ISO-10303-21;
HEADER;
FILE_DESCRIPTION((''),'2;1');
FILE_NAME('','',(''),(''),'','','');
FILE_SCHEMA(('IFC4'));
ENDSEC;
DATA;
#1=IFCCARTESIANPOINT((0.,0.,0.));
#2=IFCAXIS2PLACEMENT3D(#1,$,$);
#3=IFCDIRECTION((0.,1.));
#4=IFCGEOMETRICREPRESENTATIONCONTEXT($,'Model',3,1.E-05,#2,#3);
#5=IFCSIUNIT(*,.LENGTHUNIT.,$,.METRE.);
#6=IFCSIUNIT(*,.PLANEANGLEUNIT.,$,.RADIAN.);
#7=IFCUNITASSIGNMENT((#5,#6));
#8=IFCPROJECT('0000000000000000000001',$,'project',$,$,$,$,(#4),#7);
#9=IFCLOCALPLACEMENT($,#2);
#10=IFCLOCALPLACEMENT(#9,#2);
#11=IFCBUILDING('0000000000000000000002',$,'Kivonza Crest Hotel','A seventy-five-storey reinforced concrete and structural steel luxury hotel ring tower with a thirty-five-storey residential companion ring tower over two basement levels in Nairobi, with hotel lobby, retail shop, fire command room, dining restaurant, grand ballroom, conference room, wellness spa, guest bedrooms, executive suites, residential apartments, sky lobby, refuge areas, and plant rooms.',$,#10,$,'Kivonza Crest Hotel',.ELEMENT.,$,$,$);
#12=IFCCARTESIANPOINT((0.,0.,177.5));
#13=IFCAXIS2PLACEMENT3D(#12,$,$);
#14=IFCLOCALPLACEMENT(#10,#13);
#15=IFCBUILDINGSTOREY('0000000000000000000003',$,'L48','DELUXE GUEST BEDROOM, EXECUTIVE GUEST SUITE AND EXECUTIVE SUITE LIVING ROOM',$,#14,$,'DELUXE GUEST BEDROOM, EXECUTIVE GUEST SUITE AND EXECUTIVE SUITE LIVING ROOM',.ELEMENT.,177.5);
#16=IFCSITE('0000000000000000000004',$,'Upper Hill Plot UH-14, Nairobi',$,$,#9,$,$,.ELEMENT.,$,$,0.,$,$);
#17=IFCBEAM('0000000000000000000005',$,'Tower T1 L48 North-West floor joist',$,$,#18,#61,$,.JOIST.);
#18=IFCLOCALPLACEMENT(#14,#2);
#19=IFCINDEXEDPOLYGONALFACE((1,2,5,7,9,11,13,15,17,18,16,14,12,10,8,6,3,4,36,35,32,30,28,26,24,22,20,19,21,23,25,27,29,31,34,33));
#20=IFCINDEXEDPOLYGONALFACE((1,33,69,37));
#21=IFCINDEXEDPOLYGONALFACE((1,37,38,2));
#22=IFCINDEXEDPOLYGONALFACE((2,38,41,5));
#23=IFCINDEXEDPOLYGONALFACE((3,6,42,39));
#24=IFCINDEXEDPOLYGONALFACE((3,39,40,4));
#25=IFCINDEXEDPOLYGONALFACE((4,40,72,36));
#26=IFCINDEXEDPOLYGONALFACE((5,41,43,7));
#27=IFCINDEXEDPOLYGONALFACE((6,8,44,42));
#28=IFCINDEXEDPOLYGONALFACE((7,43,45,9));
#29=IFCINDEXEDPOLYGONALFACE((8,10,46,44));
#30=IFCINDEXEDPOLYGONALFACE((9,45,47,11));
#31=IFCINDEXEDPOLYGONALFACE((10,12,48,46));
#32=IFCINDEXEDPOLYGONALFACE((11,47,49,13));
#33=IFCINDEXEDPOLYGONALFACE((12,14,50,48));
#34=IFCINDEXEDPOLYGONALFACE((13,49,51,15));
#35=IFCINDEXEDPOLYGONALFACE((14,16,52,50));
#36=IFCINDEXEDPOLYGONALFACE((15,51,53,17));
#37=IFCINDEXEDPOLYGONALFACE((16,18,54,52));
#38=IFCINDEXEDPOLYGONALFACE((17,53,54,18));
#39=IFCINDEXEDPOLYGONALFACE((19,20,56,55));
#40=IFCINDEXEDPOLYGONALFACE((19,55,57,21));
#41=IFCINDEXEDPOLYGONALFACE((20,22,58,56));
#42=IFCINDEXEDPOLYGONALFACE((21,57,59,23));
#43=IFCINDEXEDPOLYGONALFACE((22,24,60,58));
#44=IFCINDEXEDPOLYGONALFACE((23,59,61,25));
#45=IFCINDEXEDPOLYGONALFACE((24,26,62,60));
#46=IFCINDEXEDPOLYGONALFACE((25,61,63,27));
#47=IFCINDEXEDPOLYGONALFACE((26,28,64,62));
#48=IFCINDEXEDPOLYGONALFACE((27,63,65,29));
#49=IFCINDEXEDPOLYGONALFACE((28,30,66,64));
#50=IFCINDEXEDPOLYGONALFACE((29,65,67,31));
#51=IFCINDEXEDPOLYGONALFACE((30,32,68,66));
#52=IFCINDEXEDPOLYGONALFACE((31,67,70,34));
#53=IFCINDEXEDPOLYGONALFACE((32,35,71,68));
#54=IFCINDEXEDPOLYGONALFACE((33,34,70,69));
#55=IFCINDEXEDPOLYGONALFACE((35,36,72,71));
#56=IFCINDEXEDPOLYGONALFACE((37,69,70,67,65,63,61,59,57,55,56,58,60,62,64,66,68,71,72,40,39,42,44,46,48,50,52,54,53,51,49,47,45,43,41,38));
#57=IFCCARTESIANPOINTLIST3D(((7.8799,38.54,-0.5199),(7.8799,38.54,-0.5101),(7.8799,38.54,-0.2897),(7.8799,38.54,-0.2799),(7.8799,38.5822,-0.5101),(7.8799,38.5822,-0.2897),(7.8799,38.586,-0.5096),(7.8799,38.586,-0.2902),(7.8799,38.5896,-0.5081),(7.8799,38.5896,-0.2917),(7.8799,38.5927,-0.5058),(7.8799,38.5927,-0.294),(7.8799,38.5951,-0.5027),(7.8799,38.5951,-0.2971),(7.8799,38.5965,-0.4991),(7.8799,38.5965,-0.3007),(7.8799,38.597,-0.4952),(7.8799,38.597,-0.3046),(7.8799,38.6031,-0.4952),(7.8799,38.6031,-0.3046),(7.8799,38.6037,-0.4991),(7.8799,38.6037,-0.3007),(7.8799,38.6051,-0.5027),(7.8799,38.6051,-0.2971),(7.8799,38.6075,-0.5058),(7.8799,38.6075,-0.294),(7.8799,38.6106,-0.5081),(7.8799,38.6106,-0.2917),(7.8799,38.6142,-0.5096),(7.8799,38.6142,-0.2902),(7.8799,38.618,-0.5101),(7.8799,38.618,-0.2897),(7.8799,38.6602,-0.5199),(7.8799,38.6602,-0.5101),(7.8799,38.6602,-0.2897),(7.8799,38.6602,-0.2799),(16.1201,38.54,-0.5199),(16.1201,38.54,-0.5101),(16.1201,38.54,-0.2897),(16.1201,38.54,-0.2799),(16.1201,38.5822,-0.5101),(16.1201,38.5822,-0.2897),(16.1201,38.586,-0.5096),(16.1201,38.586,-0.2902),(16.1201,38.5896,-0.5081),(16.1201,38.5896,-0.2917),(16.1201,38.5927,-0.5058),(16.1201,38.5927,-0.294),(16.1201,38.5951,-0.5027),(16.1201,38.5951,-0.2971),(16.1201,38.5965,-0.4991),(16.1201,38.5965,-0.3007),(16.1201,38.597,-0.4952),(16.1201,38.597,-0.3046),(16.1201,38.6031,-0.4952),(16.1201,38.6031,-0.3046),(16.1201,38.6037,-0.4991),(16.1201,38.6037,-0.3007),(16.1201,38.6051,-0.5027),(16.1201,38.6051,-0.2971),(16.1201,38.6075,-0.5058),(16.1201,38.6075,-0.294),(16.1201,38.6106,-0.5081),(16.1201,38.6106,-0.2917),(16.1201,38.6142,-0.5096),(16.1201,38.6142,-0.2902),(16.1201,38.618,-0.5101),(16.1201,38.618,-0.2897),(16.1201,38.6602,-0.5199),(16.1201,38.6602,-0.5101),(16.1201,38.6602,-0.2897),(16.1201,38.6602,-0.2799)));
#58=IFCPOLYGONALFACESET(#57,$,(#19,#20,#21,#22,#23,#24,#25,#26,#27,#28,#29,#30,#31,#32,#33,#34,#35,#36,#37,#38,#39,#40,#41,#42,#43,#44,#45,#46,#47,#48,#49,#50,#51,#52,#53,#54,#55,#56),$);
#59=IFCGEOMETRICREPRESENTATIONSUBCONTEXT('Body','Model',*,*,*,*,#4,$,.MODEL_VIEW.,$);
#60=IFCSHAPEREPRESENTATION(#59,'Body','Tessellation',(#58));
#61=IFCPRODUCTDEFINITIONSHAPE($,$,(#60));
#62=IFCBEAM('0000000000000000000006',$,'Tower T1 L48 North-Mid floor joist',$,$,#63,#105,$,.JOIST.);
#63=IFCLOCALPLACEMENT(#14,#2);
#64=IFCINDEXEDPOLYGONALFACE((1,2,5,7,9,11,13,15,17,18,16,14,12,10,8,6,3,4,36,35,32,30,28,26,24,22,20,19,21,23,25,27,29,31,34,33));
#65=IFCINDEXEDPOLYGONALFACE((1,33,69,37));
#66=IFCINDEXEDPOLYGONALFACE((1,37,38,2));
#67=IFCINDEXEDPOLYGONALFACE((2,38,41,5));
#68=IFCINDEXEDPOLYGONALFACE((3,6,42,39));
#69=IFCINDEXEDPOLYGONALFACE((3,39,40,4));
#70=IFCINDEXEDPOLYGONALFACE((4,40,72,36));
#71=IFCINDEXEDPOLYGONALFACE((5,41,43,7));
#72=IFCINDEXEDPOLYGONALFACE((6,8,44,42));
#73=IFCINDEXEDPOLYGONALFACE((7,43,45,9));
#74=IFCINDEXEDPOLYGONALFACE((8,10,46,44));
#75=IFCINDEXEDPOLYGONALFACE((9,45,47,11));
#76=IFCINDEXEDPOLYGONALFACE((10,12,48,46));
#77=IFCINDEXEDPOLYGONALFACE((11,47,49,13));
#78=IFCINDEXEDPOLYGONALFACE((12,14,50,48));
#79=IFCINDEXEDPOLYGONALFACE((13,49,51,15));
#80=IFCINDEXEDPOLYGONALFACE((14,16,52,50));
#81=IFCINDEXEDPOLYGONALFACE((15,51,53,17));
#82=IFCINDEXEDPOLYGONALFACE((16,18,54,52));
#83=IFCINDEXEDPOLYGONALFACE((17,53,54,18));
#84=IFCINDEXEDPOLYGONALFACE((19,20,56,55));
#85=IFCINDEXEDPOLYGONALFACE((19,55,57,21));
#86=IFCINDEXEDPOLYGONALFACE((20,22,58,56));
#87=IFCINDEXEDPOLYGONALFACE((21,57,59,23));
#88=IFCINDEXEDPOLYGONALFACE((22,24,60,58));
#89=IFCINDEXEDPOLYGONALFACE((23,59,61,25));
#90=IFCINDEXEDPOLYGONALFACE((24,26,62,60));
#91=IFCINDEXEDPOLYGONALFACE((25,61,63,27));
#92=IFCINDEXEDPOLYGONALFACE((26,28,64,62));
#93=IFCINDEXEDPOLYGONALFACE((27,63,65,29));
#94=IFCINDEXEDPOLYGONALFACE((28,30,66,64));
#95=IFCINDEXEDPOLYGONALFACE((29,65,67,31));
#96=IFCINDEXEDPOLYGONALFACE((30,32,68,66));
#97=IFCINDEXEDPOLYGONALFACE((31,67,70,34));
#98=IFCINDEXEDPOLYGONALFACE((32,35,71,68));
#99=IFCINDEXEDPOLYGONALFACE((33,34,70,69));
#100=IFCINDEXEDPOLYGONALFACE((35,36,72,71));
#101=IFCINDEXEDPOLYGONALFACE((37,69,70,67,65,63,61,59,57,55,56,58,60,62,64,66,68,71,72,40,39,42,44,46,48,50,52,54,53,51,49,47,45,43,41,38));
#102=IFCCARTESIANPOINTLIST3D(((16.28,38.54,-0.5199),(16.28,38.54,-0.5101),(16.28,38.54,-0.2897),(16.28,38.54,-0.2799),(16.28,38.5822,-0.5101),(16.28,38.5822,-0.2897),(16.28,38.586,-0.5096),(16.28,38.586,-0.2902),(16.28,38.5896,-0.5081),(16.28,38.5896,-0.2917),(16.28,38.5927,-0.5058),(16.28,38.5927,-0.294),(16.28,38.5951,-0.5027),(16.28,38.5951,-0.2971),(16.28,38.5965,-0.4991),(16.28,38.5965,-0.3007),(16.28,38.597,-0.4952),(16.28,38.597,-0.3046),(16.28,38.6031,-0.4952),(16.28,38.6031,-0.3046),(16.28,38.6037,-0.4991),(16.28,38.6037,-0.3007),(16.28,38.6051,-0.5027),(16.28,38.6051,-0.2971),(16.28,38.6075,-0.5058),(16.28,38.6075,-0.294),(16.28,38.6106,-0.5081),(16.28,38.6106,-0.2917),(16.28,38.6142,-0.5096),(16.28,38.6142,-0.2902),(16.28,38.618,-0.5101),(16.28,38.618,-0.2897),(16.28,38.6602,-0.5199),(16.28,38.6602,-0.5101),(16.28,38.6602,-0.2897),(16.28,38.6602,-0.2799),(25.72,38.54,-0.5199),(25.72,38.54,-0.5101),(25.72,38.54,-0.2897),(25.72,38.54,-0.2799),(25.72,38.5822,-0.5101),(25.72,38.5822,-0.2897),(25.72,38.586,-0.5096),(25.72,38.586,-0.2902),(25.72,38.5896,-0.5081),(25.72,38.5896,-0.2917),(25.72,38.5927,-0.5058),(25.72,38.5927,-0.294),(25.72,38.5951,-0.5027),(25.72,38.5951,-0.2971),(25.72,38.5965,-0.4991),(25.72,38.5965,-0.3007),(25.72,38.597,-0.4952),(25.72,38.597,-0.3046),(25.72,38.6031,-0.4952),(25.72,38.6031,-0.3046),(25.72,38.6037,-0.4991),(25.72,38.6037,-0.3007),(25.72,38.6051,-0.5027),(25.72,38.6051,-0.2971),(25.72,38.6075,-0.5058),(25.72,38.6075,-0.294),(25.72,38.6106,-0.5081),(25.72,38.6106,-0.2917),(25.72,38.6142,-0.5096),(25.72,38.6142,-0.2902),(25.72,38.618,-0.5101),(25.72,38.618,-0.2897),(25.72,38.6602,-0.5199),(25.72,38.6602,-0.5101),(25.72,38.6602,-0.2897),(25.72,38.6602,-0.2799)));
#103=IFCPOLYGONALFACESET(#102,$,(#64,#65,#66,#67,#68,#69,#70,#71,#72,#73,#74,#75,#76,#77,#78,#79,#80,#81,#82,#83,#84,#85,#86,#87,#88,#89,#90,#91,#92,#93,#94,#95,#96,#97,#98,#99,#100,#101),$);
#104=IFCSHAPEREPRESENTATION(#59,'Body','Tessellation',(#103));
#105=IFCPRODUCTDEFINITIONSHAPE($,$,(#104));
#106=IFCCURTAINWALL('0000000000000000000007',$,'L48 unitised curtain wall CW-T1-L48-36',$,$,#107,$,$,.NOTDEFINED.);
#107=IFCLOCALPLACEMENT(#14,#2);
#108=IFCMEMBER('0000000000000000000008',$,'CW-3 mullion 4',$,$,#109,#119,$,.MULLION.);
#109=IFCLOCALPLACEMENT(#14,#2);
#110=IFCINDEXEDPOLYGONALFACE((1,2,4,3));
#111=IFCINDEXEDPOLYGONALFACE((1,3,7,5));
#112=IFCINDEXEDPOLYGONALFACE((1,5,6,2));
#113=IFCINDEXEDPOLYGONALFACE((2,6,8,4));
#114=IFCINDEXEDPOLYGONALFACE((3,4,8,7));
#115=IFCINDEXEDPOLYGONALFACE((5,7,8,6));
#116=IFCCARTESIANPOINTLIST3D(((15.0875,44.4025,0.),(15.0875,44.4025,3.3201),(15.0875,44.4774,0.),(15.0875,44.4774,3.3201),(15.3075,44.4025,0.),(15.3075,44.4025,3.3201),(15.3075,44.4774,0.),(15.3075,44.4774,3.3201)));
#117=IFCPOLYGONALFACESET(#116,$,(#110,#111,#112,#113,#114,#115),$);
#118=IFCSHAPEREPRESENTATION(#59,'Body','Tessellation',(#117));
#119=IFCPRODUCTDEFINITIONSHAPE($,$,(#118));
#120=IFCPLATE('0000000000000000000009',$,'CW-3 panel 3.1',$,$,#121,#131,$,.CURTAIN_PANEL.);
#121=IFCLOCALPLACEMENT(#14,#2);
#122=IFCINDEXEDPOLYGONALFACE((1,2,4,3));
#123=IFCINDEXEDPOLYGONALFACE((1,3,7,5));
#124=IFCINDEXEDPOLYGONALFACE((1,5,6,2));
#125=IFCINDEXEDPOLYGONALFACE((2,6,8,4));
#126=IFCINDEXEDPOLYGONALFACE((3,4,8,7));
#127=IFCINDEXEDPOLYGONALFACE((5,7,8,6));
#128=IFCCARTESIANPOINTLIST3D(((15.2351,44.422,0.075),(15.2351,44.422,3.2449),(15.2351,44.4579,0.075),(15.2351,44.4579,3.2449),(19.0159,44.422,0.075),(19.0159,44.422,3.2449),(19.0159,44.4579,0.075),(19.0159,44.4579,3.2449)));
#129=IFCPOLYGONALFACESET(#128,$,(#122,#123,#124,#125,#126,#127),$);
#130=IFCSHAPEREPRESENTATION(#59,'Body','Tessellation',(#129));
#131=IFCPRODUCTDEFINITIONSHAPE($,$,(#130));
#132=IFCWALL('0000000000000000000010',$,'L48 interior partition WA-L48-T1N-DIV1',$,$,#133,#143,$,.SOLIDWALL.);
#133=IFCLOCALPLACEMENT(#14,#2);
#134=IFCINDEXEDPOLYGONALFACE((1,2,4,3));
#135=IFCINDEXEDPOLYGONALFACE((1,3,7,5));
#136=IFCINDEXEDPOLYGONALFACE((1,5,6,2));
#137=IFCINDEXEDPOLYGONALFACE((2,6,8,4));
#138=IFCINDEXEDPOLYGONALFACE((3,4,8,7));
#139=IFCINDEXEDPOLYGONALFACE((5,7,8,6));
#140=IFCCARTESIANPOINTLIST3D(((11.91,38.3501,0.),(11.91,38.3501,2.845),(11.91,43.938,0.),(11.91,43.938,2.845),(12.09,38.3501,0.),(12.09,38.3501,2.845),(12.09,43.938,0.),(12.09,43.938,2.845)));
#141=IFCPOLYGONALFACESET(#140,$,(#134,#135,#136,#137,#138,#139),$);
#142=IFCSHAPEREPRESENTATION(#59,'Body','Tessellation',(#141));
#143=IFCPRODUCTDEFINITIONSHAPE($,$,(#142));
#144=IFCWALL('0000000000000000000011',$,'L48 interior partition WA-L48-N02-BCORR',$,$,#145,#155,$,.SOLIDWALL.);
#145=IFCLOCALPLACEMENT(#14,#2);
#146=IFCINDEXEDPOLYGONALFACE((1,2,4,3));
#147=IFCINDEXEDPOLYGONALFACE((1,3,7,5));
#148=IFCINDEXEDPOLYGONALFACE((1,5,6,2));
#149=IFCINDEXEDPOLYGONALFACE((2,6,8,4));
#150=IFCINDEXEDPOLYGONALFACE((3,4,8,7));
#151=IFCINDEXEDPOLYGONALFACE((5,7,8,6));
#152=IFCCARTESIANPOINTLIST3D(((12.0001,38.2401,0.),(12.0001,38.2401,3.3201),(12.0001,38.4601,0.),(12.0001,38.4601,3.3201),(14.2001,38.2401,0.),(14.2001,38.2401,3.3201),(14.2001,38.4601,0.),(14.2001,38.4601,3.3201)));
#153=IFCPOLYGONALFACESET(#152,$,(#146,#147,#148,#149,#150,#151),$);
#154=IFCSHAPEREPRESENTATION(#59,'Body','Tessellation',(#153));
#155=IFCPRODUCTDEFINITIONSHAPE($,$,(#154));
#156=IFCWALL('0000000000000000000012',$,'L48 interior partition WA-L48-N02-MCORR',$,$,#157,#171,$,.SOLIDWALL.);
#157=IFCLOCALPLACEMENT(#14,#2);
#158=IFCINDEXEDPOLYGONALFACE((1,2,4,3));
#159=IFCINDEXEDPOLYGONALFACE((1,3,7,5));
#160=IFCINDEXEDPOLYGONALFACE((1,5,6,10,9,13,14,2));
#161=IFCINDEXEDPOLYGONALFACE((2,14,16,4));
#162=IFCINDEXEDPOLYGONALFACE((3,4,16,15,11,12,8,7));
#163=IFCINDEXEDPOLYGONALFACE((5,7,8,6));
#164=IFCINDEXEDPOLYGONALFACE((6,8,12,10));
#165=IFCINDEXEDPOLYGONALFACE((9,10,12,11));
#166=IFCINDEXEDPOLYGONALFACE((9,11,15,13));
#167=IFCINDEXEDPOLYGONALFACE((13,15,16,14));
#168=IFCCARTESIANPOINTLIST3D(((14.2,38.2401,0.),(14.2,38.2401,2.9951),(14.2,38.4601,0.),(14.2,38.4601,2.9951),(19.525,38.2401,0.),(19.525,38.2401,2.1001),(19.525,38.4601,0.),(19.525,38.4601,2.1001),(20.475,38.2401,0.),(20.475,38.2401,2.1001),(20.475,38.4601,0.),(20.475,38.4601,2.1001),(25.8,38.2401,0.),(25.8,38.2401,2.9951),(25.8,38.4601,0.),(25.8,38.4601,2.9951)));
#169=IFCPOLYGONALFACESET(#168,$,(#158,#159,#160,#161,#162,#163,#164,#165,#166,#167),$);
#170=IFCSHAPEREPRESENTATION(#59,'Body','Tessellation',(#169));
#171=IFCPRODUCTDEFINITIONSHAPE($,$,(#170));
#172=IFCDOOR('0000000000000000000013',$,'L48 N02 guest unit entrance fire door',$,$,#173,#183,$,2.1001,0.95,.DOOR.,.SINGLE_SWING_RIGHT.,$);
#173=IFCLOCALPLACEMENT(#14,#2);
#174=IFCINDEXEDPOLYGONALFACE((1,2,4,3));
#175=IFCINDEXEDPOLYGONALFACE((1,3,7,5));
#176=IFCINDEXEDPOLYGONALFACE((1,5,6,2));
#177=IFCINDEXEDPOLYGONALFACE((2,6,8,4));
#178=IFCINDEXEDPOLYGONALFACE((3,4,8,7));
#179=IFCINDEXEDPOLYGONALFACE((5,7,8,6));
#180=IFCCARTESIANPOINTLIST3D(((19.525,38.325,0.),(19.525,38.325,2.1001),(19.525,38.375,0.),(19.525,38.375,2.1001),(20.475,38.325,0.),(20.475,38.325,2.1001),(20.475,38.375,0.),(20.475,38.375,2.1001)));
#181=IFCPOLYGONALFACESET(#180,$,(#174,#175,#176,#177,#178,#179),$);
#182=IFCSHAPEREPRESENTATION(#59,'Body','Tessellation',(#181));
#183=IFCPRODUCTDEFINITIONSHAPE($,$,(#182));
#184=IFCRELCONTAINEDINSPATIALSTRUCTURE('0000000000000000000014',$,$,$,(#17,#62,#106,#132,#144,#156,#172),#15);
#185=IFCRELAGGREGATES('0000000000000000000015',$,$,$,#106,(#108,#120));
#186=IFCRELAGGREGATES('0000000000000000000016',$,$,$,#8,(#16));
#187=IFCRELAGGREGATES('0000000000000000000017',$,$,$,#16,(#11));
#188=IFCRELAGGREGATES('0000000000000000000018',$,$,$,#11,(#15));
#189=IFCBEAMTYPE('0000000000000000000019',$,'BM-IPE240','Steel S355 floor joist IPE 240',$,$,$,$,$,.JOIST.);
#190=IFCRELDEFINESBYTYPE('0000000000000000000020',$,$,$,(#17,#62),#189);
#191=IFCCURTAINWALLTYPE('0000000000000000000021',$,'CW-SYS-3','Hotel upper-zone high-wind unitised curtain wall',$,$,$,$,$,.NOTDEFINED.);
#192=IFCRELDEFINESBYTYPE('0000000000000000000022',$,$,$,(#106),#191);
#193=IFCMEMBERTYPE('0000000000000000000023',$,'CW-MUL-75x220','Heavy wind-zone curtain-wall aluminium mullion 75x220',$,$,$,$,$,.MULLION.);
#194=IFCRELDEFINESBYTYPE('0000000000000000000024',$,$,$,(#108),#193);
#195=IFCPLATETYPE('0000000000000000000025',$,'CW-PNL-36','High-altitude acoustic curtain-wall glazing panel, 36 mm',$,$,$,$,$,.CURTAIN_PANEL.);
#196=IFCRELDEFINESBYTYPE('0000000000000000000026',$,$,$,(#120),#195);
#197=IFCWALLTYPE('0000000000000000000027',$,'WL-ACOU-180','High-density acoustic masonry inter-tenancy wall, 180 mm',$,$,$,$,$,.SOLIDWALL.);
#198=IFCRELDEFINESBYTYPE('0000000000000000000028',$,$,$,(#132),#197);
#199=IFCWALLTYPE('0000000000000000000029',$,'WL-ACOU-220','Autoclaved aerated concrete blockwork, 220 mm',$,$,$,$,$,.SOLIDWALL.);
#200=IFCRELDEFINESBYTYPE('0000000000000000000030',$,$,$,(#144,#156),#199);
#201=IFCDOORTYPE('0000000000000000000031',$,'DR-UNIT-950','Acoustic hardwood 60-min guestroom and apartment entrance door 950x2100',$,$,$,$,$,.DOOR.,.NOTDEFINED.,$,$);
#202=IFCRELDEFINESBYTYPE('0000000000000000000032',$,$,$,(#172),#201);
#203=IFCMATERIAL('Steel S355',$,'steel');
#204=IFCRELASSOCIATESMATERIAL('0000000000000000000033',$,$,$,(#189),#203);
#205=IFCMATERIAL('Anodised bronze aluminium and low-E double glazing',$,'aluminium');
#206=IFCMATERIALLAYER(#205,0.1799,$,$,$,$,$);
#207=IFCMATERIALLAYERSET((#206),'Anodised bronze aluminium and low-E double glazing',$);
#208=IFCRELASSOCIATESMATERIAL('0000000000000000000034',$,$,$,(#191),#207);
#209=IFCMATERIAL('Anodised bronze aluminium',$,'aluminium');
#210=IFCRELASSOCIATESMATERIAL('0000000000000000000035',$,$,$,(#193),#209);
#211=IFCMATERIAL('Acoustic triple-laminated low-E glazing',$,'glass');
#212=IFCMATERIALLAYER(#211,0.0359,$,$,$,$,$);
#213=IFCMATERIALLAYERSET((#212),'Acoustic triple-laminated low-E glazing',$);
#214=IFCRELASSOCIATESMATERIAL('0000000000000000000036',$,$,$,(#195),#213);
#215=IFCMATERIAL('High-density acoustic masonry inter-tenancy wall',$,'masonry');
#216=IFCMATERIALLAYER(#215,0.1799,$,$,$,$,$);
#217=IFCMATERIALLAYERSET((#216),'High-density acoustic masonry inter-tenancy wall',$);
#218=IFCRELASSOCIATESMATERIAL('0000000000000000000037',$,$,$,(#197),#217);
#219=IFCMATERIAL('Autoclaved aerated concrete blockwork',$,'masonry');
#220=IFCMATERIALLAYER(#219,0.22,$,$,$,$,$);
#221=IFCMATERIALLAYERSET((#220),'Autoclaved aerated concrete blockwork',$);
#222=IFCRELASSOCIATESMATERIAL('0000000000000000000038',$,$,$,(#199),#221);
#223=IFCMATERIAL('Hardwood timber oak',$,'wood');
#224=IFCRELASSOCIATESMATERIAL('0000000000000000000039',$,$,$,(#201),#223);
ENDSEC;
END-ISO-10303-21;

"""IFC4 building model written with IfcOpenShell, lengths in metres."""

from ifc_helpers import new_model, si_unit, direction, frame, frame_2d, origin, origin_2d, place, context, subcontext, project, spatial, rectangle, i_section, extrude, material, layer, layer_set, material_profile, profile_set, type_object, element, fill, aggregate, save


model = new_model("IFC4")

# Units and contexts
model_context = context("Model", 3, precision=1e-05, world=origin(), true_north=direction((0.0, 1.0)))
body_context = subcontext(model_context, "Body", "Model", "MODEL_VIEW")
ifc_project = project(units=[si_unit("LENGTHUNIT", "METRE"), si_unit("PLANEANGLEUNIT", "RADIAN")], contexts=[model_context])

# Site, building, storey
site_placement = place(None, origin())
site = spatial("IfcSite", under=ifc_project, at=site_placement, Name="Upper Hill Plot UH-14, Nairobi", CompositionType="ELEMENT", RefElevation=0.0)
building_placement = place(site_placement, origin())
building = spatial("IfcBuilding", under=site, at=building_placement, Name="Kivonza Crest Hotel", Description="A seventy-five-storey reinforced concrete and structural steel luxury hotel ring tower with a thirty-five-storey residential companion ring tower over two basement levels in Nairobi, with hotel lobby, retail shop, fire command room, dining restaurant, grand ballroom, conference room, wellness spa, guest bedrooms, executive suites, residential apartments, sky lobby, refuge areas, and plant rooms.", LongName="Kivonza Crest Hotel", CompositionType="ELEMENT")
storey_placement = place(building_placement, frame((0.0, 0.0, 177.5)))
storey = spatial("IfcBuildingStorey", under=building, at=storey_placement, Name="L48", Description="DELUXE GUEST BEDROOM, EXECUTIVE GUEST SUITE AND EXECUTIVE SUITE LIVING ROOM", LongName="DELUXE GUEST BEDROOM, EXECUTIVE GUEST SUITE AND EXECUTIVE SUITE LIVING ROOM", CompositionType="ELEMENT", Elevation=177.5)

# Beams
ifc_material_1 = material(Name="Steel S355", Category="steel")
ifc_material_profile_1 = material_profile(ifc_material_1, i_section(OverallWidth=0.1201, OverallDepth=0.24, WebThickness=0.0061, FlangeThickness=0.0098, FilletRadius=0.0149, at=origin_2d()), Name="IPE 240")
ifc_profile_set_1 = profile_set([ifc_material_profile_1], Name="Steel S355")
beam_type_1 = type_object("IfcBeamType", Name="BM-IPE240", Description="Steel S355 floor joist IPE 240", PredefinedType="JOIST", material=ifc_profile_set_1)
beam_1_placement = place(storey_placement, frame((7.8799, 38.6001, -0.3999), z_axis=(1.0, 0.0, 0.0), x_axis=(0.0, 1.0, 0.0)))
element("IfcBeam", 1, at=beam_1_placement, inside=storey, type_object=beam_type_1, Name="Tower T1 L48 North-West floor joist", PredefinedType="JOIST", context=body_context, shape_type="SweptSolid", body=[
    extrude(i_section(OverallWidth=0.1201, OverallDepth=0.24, WebThickness=0.0061, FlangeThickness=0.0098, FilletRadius=0.0149, at=origin_2d()), origin(), (0.0, 0.0, 1.0), 8.2402),
])
beam_2_placement = place(storey_placement, frame((16.28, 38.6001, -0.3999), z_axis=(1.0, 0.0, 0.0), x_axis=(0.0, 1.0, 0.0)))
element("IfcBeam", 2, at=beam_2_placement, inside=storey, type_object=beam_type_1, Name="Tower T1 L48 North-Mid floor joist", PredefinedType="JOIST", context=body_context, shape_type="SweptSolid", body=[
    extrude(i_section(OverallWidth=0.1201, OverallDepth=0.24, WebThickness=0.0061, FlangeThickness=0.0098, FilletRadius=0.0149, at=origin_2d()), origin(), (0.0, 0.0, 1.0), 9.4399),
])

# Curtain wall, member, plate
ifc_material_2 = material(Name="Anodised bronze aluminium and low-E double glazing", Category="aluminium")
ifc_layer_1 = layer(ifc_material_2, 0.1799)
ifc_layer_set_1 = layer_set([ifc_layer_1], Name="Anodised bronze aluminium and low-E double glazing")
curtain_wall_type = type_object("IfcCurtainWallType", Name="CW-SYS-3", Description="Hotel upper-zone high-wind unitised curtain wall", PredefinedType="NOTDEFINED", material=ifc_layer_set_1)
curtain_wall_placement = place(storey_placement, origin())
curtain_wall = element("IfcCurtainWall", 3, at=curtain_wall_placement, inside=storey, type_object=curtain_wall_type, Name="L48 unitised curtain wall CW-T1-L48-36", PredefinedType="NOTDEFINED")
ifc_material_3 = material(Name="Anodised bronze aluminium", Category="aluminium")
ifc_material_profile_2 = material_profile(ifc_material_3, rectangle(XDim=0.075, YDim=0.22, at=origin_2d()), Name="CW-M 75x220")
ifc_profile_set_2 = profile_set([ifc_material_profile_2], Name="Anodised bronze aluminium")
member_type = type_object("IfcMemberType", Name="CW-MUL-75x220", Description="Heavy wind-zone curtain-wall aluminium mullion 75x220", PredefinedType="MULLION", material=ifc_profile_set_2)
member_placement = place(storey_placement, frame((15.1975, 44.4399, 0.0), z_axis=(0.0, 0.0, 1.0), x_axis=(0.0, -1.0, 0.0)))
member = element("IfcMember", 4, at=member_placement, type_object=member_type, Name="CW-3 mullion 4", PredefinedType="MULLION", context=body_context, shape_type="SweptSolid", body=[
    extrude(rectangle(XDim=0.075, YDim=0.22, at=origin_2d()), origin(), (0.0, 0.0, 1.0), 3.3201),
])
ifc_material_4 = material(Name="Acoustic triple-laminated low-E glazing", Category="glass")
ifc_layer_2 = layer(ifc_material_4, 0.0359)
ifc_layer_set_2 = layer_set([ifc_layer_2], Name="Acoustic triple-laminated low-E glazing")
plate_type = type_object("IfcPlateType", Name="CW-PNL-36", Description="High-altitude acoustic curtain-wall glazing panel, 36 mm", PredefinedType="CURTAIN_PANEL", material=ifc_layer_set_2)
plate_placement = place(storey_placement, frame((17.1255, 44.4399, 0.075), z_axis=(0.0, 0.0, 1.0), x_axis=(-1.0, 0.0, 0.0)))
plate = element("IfcPlate", 5, at=plate_placement, type_object=plate_type, Name="CW-3 panel 3.1", PredefinedType="CURTAIN_PANEL", context=body_context, shape_type="SweptSolid", body=[
    extrude(rectangle(XDim=3.7808, YDim=0.0359, at=origin_2d()), origin(), (0.0, 0.0, 1.0), 3.1699),
])
aggregate(curtain_wall, [member, plate])

# Walls
ifc_material_5 = material(Name="High-density acoustic masonry inter-tenancy wall", Category="masonry")
ifc_layer_3 = layer(ifc_material_5, 0.1799)
ifc_layer_set_3 = layer_set([ifc_layer_3], Name="High-density acoustic masonry inter-tenancy wall")
wall_type_1 = type_object("IfcWallType", Name="WL-ACOU-180", Description="High-density acoustic masonry inter-tenancy wall, 180 mm", PredefinedType="SOLIDWALL", material=ifc_layer_set_3)
wall_1_placement = place(storey_placement, frame((12.0, 38.3501, 0.0), z_axis=(0.0, 0.0, 1.0), x_axis=(0.0, 1.0, 0.0)))
element("IfcWall", 6, at=wall_1_placement, inside=storey, type_object=wall_type_1, Name="L48 interior partition WA-L48-T1N-DIV1", PredefinedType="SOLIDWALL", context=body_context, shape_type="SweptSolid", body=[
    extrude(rectangle(XDim=5.5879, YDim=0.1799, at=frame_2d((2.7939, 0.0))), origin(), (0.0, 0.0, 1.0), 2.845),
])
ifc_material_6 = material(Name="Autoclaved aerated concrete blockwork", Category="masonry")
ifc_layer_4 = layer(ifc_material_6, 0.22)
ifc_layer_set_4 = layer_set([ifc_layer_4], Name="Autoclaved aerated concrete blockwork")
wall_type_2 = type_object("IfcWallType", Name="WL-ACOU-220", Description="Autoclaved aerated concrete blockwork, 220 mm", PredefinedType="SOLIDWALL", material=ifc_layer_set_4)
wall_2_placement = place(storey_placement, frame((12.0, 38.3501, 0.0), z_axis=(0.0, 0.0, 1.0), x_axis=(1.0, 0.0, 0.0)))
element("IfcWall", 7, at=wall_2_placement, inside=storey, type_object=wall_type_2, Name="L48 interior partition WA-L48-N02-BCORR", PredefinedType="SOLIDWALL", context=body_context, shape_type="SweptSolid", body=[
    extrude(rectangle(XDim=2.2, YDim=0.22, at=frame_2d((1.1001, 0.0))), origin(), (0.0, 0.0, 1.0), 3.3201),
])

# Wall, opening, door
wall_3_placement = place(storey_placement, frame((14.2, 38.3501, 0.0), z_axis=(0.0, 0.0, 1.0), x_axis=(1.0, 0.0, 0.0)))
wall_3 = element("IfcWall", 8, at=wall_3_placement, inside=storey, type_object=wall_type_2, Name="L48 interior partition WA-L48-N02-MCORR", PredefinedType="SOLIDWALL", context=body_context, shape_type="SweptSolid", body=[
    extrude(rectangle(XDim=11.6001, YDim=0.22, at=frame_2d((5.8, 0.0))), origin(), (0.0, 0.0, 1.0), 2.9951),
])
opening_1_placement = place(wall_3_placement, frame((5.325, 0.0, 0.0)))
opening_1 = element("IfcOpeningElement", 9, at=opening_1_placement, cuts=wall_3, PredefinedType="OPENING", context=body_context, shape_type="SweptSolid", body=[
    extrude(rectangle(XDim=0.95, YDim=2.1001, at=frame_2d((0.4751, 1.05))), frame((0.0, 0.1201, 0.0), z_axis=(0.0, -1.0, 0.0), x_axis=(1.0, 0.0, 0.0)), (0.0, 0.0, 1.0), 0.24),
])
ifc_material_7 = material(Name="Hardwood timber oak", Category="wood")
door_type_1 = type_object("IfcDoorType", Name="DR-UNIT-950", Description="Acoustic hardwood 60-min guestroom and apartment entrance door 950x2100", OperationType="NOTDEFINED", PredefinedType="DOOR", material=ifc_material_7)
door_1_placement = place(opening_1_placement, origin())
door_1 = element("IfcDoor", 10, at=door_1_placement, inside=storey, type_object=door_type_1, Name="L48 N02 guest unit entrance fire door", OperationType="SINGLE_SWING_RIGHT", OverallHeight=2.1001, OverallWidth=0.95, PredefinedType="DOOR", context=body_context, shape_type="SweptSolid", body=[
    extrude(rectangle(XDim=0.95, YDim=2.1001, at=frame_2d((0.4751, 1.05))), frame((0.0, 0.0249, 0.0), z_axis=(0.0, -1.0, 0.0), x_axis=(1.0, 0.0, 0.0)), (0.0, 0.0, 1.0), 0.05),
])
fill(opening_1, door_1)

save(model, "model.ifc")
